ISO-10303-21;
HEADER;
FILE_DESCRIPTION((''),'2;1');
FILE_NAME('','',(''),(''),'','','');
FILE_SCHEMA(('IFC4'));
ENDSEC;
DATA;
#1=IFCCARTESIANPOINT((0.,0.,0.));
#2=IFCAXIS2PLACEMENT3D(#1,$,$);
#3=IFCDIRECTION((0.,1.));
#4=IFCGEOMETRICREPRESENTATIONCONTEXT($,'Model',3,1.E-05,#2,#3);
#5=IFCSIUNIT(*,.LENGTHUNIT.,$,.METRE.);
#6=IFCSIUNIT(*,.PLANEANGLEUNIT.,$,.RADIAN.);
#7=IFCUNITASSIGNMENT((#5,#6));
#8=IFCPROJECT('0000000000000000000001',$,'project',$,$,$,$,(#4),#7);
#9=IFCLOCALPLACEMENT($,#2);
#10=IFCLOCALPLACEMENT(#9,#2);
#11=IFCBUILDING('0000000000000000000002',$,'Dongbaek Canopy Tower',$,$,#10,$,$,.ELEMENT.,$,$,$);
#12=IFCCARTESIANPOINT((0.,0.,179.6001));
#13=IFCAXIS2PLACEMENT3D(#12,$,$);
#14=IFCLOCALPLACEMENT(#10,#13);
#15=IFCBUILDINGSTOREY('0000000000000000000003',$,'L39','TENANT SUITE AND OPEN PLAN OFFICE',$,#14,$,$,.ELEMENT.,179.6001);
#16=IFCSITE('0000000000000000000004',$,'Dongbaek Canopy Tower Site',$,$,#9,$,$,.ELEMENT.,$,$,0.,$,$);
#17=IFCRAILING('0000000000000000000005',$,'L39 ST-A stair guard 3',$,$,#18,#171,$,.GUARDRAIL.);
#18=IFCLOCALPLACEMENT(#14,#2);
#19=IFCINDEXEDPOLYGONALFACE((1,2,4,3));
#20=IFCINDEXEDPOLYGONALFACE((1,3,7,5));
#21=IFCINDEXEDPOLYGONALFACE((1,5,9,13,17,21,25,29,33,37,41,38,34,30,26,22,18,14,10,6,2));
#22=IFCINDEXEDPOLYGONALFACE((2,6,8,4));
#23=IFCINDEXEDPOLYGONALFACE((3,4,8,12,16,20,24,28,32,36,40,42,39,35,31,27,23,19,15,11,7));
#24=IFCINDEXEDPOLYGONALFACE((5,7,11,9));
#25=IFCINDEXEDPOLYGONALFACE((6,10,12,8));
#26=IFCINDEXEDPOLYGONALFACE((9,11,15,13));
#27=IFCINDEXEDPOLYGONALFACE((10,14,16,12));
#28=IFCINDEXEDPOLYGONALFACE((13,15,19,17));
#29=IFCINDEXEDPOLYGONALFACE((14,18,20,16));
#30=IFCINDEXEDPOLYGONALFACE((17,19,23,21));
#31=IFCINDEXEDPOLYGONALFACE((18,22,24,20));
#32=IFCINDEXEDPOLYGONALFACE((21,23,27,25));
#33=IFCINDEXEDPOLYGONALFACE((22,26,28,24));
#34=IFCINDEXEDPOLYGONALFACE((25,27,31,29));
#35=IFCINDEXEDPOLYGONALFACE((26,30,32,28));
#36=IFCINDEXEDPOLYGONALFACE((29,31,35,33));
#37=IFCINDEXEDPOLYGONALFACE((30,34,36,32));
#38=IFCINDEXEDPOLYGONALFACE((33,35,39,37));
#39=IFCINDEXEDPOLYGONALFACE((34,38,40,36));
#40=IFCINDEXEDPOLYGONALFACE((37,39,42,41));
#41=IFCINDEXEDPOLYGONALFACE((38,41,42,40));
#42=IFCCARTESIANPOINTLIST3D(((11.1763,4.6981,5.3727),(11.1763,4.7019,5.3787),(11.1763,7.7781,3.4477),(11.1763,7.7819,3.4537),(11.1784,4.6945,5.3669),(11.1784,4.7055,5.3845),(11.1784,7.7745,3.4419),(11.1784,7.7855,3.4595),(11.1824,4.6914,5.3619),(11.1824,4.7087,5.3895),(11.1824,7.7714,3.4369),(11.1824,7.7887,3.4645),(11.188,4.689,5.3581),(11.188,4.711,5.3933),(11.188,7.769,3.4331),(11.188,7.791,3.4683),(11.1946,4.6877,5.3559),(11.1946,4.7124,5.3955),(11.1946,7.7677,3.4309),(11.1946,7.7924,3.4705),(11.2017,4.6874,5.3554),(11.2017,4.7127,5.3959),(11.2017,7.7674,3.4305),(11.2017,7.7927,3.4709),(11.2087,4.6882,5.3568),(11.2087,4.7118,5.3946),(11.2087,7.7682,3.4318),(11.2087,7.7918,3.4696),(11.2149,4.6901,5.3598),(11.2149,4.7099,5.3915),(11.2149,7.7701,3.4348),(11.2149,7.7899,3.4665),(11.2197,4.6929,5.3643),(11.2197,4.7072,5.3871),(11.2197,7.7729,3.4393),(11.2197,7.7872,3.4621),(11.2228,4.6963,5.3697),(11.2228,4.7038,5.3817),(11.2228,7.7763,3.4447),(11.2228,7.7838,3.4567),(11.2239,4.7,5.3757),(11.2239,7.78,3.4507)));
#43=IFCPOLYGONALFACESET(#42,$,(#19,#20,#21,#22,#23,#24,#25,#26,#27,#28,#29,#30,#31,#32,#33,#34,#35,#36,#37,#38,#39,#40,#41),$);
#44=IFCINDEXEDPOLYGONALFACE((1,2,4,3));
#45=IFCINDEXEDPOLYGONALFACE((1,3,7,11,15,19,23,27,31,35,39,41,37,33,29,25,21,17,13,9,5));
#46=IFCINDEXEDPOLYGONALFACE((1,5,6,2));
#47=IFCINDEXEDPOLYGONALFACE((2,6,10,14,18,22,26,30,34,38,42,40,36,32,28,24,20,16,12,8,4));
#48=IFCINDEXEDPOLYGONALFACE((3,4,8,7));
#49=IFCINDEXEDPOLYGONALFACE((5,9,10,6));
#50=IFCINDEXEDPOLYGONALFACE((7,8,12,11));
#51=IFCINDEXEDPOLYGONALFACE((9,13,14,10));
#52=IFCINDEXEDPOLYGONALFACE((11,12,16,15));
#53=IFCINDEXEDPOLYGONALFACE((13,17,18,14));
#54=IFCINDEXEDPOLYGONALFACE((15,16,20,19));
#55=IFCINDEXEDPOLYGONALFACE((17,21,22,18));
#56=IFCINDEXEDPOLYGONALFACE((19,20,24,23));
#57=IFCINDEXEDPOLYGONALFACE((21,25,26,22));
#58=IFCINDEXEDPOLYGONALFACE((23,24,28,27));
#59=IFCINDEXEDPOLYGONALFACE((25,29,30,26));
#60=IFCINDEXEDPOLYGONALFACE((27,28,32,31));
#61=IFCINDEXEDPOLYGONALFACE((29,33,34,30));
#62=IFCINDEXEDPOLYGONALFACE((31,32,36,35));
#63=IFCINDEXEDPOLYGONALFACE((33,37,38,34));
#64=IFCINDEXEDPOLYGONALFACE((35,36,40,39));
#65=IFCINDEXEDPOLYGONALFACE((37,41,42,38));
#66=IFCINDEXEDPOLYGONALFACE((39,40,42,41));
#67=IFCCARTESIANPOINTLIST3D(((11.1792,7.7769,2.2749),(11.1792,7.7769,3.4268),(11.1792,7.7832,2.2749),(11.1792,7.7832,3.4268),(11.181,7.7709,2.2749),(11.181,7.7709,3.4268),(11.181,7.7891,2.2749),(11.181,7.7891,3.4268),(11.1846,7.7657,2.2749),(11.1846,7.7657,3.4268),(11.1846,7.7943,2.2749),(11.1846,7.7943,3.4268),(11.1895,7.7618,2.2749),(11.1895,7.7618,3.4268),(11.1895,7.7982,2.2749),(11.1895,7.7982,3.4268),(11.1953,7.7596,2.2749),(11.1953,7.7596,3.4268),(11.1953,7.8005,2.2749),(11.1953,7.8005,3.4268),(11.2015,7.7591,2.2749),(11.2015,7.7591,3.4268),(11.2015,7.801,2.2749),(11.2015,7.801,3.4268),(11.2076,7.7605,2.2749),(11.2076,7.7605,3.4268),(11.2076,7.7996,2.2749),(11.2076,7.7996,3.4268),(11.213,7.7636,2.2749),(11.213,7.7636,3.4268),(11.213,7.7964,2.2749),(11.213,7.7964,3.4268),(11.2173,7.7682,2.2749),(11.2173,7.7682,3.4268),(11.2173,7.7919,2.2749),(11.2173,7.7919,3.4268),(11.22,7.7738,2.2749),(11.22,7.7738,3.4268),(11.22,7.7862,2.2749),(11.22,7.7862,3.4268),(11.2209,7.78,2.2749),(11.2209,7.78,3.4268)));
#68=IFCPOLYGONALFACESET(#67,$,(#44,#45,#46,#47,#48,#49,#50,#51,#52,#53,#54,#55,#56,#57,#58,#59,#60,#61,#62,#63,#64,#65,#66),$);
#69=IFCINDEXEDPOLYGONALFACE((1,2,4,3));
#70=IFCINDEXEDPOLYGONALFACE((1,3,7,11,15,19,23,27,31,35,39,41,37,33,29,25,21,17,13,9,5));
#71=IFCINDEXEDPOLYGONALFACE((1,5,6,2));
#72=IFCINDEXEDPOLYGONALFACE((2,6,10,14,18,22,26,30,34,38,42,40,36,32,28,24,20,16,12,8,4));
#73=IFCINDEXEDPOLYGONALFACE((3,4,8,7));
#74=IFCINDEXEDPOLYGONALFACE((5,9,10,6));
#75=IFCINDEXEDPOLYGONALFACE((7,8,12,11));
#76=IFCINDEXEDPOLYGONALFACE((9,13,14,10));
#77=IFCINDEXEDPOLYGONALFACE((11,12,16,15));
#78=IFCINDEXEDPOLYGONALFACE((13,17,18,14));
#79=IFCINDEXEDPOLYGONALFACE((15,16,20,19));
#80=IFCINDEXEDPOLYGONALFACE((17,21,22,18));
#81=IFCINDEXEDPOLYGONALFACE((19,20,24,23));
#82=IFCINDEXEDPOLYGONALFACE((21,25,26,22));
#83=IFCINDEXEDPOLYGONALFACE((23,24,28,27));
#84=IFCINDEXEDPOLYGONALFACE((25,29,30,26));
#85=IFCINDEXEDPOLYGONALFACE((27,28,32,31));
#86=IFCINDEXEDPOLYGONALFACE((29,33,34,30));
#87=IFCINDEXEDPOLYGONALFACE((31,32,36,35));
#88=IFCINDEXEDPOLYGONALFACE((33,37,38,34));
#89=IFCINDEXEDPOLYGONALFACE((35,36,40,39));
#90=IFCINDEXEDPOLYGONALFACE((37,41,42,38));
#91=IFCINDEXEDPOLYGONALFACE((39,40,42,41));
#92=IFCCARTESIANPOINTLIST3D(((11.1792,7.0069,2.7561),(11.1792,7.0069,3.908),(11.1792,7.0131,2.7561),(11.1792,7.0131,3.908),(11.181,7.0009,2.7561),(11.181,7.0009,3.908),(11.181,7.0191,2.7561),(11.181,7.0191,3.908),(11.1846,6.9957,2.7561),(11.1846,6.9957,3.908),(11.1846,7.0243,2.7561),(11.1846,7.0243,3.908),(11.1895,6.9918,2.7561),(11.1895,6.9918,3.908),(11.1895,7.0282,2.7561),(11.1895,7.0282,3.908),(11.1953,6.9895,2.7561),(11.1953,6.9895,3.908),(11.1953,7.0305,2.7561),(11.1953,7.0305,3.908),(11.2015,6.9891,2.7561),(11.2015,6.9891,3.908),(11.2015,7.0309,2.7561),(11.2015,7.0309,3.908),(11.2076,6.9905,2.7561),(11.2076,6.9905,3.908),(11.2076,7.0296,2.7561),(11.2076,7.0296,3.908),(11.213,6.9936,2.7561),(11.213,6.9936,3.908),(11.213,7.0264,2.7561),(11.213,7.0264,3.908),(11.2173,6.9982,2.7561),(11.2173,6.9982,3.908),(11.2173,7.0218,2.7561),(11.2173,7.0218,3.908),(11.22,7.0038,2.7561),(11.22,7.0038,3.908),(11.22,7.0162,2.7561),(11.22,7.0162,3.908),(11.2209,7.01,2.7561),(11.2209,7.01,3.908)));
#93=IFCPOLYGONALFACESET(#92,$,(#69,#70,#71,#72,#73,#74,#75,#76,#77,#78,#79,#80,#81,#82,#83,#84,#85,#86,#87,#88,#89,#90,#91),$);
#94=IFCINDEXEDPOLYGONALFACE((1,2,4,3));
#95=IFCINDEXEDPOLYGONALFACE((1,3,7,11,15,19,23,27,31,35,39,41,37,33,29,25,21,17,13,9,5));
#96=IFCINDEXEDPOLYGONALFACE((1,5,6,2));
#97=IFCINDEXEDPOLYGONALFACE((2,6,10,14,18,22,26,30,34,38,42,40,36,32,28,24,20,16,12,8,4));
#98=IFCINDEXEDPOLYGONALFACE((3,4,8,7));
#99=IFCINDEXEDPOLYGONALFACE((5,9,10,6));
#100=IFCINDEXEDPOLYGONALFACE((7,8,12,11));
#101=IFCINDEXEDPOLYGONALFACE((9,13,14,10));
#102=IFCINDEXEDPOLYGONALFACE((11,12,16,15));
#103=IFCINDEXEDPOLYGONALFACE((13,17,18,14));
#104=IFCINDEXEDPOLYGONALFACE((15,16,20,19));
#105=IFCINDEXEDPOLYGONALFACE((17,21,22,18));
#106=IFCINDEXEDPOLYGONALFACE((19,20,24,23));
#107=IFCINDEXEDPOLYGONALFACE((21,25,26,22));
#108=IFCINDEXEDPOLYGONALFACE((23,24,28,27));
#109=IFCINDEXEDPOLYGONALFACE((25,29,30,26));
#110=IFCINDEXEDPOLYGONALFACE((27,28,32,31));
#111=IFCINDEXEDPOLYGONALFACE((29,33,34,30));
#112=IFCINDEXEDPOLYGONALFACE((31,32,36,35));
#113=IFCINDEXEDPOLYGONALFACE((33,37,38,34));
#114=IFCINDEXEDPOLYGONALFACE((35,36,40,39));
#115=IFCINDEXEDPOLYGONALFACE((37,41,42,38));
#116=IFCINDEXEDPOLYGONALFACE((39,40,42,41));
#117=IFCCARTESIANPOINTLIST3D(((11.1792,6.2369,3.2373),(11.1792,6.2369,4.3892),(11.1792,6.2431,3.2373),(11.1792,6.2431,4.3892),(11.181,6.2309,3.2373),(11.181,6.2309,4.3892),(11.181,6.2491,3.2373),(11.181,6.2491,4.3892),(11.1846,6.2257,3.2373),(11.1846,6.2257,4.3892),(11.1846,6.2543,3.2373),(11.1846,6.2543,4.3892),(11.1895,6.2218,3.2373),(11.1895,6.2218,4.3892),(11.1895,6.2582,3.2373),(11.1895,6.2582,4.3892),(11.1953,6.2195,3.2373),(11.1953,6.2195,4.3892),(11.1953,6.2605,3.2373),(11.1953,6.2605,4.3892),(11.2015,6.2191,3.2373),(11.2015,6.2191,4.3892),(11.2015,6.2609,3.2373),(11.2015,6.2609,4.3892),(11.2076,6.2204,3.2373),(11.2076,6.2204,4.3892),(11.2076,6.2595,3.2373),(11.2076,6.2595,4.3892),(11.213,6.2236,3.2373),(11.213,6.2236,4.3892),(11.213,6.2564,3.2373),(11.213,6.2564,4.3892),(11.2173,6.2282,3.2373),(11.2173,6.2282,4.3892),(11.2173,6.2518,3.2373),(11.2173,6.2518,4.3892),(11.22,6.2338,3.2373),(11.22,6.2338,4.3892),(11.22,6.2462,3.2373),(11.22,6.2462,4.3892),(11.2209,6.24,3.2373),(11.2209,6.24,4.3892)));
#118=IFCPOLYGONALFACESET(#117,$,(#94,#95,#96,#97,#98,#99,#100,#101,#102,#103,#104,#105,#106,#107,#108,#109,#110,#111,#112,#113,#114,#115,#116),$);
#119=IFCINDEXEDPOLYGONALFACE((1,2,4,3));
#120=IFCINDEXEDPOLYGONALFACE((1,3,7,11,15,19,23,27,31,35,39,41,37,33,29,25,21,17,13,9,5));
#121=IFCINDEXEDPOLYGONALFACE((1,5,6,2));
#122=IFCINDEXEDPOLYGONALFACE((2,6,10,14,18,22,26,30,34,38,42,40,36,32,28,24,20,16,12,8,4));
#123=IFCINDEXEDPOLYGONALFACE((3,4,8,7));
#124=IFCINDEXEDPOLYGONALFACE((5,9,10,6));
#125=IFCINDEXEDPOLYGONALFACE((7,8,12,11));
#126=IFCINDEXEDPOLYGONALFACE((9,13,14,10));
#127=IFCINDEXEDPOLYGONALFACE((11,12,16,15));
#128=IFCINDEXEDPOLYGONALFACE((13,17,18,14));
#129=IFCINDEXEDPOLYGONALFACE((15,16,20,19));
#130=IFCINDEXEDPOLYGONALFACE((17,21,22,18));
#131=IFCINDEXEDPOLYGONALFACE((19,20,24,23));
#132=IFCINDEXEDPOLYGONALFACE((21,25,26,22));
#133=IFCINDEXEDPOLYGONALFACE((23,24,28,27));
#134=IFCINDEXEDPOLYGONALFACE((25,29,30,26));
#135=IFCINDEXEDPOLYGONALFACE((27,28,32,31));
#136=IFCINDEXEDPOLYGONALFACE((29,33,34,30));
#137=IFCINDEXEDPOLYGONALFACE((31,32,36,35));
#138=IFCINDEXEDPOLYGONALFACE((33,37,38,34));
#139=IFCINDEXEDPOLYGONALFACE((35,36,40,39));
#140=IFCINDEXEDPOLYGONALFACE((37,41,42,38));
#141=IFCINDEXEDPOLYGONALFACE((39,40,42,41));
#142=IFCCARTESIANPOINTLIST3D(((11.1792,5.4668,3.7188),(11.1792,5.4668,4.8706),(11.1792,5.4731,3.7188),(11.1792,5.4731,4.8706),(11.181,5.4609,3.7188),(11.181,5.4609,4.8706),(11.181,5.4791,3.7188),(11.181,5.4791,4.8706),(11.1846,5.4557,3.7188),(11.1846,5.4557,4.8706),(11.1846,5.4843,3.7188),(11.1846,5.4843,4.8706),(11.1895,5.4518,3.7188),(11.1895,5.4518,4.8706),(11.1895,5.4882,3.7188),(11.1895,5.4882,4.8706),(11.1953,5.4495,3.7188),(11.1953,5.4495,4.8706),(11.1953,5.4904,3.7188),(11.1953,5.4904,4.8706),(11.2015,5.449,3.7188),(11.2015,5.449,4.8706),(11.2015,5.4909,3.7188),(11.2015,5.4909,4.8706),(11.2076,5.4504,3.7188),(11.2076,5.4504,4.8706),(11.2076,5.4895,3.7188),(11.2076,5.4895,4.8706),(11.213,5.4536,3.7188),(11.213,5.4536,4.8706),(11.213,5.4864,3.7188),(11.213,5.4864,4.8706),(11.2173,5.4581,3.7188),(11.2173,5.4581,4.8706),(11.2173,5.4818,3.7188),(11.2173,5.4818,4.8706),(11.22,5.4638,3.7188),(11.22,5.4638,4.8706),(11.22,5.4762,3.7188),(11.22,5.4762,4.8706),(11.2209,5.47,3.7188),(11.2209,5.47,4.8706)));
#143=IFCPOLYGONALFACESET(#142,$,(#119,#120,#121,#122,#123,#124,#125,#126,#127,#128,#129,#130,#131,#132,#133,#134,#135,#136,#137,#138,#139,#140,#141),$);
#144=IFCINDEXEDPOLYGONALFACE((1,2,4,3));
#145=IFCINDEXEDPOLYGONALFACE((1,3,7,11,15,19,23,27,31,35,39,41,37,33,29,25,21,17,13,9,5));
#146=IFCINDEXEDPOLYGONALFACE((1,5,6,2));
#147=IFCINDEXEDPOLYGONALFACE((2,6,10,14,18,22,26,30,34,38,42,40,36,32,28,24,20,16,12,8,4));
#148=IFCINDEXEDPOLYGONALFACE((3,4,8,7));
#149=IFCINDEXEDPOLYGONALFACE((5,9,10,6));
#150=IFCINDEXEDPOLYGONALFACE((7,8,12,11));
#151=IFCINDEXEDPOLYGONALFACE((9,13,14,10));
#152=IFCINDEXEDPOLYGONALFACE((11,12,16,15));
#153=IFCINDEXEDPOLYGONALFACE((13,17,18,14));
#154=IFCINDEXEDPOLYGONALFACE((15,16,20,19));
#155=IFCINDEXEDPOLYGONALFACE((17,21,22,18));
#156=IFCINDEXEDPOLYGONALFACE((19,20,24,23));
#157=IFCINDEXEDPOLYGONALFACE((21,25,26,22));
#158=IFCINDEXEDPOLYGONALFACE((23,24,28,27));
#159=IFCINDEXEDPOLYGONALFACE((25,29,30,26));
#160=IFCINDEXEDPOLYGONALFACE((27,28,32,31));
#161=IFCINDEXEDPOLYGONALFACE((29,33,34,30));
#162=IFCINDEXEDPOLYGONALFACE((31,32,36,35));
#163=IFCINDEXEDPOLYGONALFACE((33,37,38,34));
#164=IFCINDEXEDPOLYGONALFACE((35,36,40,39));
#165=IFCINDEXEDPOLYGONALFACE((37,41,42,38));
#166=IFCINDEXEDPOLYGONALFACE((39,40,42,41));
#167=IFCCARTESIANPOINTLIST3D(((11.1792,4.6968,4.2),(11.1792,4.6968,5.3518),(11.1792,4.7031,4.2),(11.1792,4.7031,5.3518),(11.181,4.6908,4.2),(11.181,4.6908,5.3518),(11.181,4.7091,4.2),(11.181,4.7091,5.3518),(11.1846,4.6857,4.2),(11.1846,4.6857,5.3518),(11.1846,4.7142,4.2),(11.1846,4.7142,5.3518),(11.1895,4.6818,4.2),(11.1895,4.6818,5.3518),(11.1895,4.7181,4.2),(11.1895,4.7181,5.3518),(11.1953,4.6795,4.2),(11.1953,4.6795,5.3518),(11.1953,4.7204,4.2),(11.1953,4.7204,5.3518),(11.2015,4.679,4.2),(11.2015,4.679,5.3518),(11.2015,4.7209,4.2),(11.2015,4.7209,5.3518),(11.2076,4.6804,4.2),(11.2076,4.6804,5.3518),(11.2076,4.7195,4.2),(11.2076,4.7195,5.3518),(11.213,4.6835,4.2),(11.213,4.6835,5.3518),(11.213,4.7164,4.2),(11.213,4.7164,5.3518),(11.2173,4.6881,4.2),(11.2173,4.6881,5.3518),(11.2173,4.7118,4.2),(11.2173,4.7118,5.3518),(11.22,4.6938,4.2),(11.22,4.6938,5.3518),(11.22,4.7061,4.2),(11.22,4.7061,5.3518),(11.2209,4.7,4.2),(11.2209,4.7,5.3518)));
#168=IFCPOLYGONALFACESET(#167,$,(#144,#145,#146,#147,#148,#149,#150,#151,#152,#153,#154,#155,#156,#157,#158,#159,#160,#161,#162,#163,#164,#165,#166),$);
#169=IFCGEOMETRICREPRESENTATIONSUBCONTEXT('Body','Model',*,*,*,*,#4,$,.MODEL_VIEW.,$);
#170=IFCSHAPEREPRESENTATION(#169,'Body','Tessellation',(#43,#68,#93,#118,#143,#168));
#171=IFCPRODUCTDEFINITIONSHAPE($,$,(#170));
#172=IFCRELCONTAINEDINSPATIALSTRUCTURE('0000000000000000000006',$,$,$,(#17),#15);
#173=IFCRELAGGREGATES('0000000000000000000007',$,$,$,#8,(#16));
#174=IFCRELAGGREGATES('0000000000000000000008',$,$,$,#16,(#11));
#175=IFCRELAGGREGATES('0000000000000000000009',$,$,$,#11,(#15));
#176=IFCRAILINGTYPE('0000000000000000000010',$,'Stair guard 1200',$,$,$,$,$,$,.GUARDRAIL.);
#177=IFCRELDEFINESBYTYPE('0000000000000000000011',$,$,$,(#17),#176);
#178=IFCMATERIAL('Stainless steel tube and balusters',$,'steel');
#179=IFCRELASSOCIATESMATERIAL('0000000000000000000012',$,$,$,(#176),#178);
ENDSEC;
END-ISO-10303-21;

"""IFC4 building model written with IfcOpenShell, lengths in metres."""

from ifc_helpers import new_model, si_unit, direction, frame, origin, origin_2d, place, context, subcontext, project, spatial, circle, extrude, material, type_object, element, save


model = new_model("IFC4")

# Units and contexts
model_context = context("Model", 3, precision=1e-05, world=origin(), true_north=direction((0.0, 1.0)))
body_context = subcontext(model_context, "Body", "Model", "MODEL_VIEW")
ifc_project = project(units=[si_unit("LENGTHUNIT", "METRE"), si_unit("PLANEANGLEUNIT", "RADIAN")], contexts=[model_context])

# Site, building, storey
site_placement = place(None, origin())
site = spatial("IfcSite", under=ifc_project, at=site_placement, Name="Dongbaek Canopy Tower Site", CompositionType="ELEMENT", RefElevation=0.0)
building_placement = place(site_placement, origin())
building = spatial("IfcBuilding", under=site, at=building_placement, Name="Dongbaek Canopy Tower", CompositionType="ELEMENT")
storey_placement = place(building_placement, frame((0.0, 0.0, 179.6001)))
storey = spatial("IfcBuildingStorey", under=building, at=storey_placement, Name="L39", Description="TENANT SUITE AND OPEN PLAN OFFICE", CompositionType="ELEMENT", Elevation=179.6001)

# Railing
ifc_material_1 = material(Name="Stainless steel tube and balusters", Category="steel")
railing_type = type_object("IfcRailingType", Name="Stair guard 1200", PredefinedType="GUARDRAIL", material=ifc_material_1)
railing_1_placement = place(storey_placement, frame((11.2, 7.78, 2.2749)))
element("IfcRailing", 1, at=railing_1_placement, inside=storey, type_object=railing_type, Name="L39 ST-A stair guard 3", PredefinedType="GUARDRAIL", context=body_context, shape_type="SweptSolid", body=[
    extrude(circle(Radius=0.0239, at=origin_2d()), frame((0.0, 0.0, 1.1758), z_axis=(0.0, -0.847998, 0.529999), x_axis=(1.0, 0.0, 0.0)), (0.0, 0.0, 1.0), 3.6321),
    extrude(circle(Radius=0.021, at=origin_2d()), origin(), (0.0, 0.0, 1.0), 1.1519),
    extrude(circle(Radius=0.021, at=origin_2d()), frame((0.0, -0.77, 0.4812)), (0.0, 0.0, 1.0), 1.1519),
    extrude(circle(Radius=0.021, at=origin_2d()), frame((0.0, -1.54, 0.9624)), (0.0, 0.0, 1.0), 1.1519),
    extrude(circle(Radius=0.021, at=origin_2d()), frame((0.0, -2.3101, 1.4438)), (0.0, 0.0, 1.0), 1.1519),
    extrude(circle(Radius=0.021, at=origin_2d()), frame((0.0, -3.0801, 1.925)), (0.0, 0.0, 1.0), 1.1519),
])

save(model, "model.ifc")
